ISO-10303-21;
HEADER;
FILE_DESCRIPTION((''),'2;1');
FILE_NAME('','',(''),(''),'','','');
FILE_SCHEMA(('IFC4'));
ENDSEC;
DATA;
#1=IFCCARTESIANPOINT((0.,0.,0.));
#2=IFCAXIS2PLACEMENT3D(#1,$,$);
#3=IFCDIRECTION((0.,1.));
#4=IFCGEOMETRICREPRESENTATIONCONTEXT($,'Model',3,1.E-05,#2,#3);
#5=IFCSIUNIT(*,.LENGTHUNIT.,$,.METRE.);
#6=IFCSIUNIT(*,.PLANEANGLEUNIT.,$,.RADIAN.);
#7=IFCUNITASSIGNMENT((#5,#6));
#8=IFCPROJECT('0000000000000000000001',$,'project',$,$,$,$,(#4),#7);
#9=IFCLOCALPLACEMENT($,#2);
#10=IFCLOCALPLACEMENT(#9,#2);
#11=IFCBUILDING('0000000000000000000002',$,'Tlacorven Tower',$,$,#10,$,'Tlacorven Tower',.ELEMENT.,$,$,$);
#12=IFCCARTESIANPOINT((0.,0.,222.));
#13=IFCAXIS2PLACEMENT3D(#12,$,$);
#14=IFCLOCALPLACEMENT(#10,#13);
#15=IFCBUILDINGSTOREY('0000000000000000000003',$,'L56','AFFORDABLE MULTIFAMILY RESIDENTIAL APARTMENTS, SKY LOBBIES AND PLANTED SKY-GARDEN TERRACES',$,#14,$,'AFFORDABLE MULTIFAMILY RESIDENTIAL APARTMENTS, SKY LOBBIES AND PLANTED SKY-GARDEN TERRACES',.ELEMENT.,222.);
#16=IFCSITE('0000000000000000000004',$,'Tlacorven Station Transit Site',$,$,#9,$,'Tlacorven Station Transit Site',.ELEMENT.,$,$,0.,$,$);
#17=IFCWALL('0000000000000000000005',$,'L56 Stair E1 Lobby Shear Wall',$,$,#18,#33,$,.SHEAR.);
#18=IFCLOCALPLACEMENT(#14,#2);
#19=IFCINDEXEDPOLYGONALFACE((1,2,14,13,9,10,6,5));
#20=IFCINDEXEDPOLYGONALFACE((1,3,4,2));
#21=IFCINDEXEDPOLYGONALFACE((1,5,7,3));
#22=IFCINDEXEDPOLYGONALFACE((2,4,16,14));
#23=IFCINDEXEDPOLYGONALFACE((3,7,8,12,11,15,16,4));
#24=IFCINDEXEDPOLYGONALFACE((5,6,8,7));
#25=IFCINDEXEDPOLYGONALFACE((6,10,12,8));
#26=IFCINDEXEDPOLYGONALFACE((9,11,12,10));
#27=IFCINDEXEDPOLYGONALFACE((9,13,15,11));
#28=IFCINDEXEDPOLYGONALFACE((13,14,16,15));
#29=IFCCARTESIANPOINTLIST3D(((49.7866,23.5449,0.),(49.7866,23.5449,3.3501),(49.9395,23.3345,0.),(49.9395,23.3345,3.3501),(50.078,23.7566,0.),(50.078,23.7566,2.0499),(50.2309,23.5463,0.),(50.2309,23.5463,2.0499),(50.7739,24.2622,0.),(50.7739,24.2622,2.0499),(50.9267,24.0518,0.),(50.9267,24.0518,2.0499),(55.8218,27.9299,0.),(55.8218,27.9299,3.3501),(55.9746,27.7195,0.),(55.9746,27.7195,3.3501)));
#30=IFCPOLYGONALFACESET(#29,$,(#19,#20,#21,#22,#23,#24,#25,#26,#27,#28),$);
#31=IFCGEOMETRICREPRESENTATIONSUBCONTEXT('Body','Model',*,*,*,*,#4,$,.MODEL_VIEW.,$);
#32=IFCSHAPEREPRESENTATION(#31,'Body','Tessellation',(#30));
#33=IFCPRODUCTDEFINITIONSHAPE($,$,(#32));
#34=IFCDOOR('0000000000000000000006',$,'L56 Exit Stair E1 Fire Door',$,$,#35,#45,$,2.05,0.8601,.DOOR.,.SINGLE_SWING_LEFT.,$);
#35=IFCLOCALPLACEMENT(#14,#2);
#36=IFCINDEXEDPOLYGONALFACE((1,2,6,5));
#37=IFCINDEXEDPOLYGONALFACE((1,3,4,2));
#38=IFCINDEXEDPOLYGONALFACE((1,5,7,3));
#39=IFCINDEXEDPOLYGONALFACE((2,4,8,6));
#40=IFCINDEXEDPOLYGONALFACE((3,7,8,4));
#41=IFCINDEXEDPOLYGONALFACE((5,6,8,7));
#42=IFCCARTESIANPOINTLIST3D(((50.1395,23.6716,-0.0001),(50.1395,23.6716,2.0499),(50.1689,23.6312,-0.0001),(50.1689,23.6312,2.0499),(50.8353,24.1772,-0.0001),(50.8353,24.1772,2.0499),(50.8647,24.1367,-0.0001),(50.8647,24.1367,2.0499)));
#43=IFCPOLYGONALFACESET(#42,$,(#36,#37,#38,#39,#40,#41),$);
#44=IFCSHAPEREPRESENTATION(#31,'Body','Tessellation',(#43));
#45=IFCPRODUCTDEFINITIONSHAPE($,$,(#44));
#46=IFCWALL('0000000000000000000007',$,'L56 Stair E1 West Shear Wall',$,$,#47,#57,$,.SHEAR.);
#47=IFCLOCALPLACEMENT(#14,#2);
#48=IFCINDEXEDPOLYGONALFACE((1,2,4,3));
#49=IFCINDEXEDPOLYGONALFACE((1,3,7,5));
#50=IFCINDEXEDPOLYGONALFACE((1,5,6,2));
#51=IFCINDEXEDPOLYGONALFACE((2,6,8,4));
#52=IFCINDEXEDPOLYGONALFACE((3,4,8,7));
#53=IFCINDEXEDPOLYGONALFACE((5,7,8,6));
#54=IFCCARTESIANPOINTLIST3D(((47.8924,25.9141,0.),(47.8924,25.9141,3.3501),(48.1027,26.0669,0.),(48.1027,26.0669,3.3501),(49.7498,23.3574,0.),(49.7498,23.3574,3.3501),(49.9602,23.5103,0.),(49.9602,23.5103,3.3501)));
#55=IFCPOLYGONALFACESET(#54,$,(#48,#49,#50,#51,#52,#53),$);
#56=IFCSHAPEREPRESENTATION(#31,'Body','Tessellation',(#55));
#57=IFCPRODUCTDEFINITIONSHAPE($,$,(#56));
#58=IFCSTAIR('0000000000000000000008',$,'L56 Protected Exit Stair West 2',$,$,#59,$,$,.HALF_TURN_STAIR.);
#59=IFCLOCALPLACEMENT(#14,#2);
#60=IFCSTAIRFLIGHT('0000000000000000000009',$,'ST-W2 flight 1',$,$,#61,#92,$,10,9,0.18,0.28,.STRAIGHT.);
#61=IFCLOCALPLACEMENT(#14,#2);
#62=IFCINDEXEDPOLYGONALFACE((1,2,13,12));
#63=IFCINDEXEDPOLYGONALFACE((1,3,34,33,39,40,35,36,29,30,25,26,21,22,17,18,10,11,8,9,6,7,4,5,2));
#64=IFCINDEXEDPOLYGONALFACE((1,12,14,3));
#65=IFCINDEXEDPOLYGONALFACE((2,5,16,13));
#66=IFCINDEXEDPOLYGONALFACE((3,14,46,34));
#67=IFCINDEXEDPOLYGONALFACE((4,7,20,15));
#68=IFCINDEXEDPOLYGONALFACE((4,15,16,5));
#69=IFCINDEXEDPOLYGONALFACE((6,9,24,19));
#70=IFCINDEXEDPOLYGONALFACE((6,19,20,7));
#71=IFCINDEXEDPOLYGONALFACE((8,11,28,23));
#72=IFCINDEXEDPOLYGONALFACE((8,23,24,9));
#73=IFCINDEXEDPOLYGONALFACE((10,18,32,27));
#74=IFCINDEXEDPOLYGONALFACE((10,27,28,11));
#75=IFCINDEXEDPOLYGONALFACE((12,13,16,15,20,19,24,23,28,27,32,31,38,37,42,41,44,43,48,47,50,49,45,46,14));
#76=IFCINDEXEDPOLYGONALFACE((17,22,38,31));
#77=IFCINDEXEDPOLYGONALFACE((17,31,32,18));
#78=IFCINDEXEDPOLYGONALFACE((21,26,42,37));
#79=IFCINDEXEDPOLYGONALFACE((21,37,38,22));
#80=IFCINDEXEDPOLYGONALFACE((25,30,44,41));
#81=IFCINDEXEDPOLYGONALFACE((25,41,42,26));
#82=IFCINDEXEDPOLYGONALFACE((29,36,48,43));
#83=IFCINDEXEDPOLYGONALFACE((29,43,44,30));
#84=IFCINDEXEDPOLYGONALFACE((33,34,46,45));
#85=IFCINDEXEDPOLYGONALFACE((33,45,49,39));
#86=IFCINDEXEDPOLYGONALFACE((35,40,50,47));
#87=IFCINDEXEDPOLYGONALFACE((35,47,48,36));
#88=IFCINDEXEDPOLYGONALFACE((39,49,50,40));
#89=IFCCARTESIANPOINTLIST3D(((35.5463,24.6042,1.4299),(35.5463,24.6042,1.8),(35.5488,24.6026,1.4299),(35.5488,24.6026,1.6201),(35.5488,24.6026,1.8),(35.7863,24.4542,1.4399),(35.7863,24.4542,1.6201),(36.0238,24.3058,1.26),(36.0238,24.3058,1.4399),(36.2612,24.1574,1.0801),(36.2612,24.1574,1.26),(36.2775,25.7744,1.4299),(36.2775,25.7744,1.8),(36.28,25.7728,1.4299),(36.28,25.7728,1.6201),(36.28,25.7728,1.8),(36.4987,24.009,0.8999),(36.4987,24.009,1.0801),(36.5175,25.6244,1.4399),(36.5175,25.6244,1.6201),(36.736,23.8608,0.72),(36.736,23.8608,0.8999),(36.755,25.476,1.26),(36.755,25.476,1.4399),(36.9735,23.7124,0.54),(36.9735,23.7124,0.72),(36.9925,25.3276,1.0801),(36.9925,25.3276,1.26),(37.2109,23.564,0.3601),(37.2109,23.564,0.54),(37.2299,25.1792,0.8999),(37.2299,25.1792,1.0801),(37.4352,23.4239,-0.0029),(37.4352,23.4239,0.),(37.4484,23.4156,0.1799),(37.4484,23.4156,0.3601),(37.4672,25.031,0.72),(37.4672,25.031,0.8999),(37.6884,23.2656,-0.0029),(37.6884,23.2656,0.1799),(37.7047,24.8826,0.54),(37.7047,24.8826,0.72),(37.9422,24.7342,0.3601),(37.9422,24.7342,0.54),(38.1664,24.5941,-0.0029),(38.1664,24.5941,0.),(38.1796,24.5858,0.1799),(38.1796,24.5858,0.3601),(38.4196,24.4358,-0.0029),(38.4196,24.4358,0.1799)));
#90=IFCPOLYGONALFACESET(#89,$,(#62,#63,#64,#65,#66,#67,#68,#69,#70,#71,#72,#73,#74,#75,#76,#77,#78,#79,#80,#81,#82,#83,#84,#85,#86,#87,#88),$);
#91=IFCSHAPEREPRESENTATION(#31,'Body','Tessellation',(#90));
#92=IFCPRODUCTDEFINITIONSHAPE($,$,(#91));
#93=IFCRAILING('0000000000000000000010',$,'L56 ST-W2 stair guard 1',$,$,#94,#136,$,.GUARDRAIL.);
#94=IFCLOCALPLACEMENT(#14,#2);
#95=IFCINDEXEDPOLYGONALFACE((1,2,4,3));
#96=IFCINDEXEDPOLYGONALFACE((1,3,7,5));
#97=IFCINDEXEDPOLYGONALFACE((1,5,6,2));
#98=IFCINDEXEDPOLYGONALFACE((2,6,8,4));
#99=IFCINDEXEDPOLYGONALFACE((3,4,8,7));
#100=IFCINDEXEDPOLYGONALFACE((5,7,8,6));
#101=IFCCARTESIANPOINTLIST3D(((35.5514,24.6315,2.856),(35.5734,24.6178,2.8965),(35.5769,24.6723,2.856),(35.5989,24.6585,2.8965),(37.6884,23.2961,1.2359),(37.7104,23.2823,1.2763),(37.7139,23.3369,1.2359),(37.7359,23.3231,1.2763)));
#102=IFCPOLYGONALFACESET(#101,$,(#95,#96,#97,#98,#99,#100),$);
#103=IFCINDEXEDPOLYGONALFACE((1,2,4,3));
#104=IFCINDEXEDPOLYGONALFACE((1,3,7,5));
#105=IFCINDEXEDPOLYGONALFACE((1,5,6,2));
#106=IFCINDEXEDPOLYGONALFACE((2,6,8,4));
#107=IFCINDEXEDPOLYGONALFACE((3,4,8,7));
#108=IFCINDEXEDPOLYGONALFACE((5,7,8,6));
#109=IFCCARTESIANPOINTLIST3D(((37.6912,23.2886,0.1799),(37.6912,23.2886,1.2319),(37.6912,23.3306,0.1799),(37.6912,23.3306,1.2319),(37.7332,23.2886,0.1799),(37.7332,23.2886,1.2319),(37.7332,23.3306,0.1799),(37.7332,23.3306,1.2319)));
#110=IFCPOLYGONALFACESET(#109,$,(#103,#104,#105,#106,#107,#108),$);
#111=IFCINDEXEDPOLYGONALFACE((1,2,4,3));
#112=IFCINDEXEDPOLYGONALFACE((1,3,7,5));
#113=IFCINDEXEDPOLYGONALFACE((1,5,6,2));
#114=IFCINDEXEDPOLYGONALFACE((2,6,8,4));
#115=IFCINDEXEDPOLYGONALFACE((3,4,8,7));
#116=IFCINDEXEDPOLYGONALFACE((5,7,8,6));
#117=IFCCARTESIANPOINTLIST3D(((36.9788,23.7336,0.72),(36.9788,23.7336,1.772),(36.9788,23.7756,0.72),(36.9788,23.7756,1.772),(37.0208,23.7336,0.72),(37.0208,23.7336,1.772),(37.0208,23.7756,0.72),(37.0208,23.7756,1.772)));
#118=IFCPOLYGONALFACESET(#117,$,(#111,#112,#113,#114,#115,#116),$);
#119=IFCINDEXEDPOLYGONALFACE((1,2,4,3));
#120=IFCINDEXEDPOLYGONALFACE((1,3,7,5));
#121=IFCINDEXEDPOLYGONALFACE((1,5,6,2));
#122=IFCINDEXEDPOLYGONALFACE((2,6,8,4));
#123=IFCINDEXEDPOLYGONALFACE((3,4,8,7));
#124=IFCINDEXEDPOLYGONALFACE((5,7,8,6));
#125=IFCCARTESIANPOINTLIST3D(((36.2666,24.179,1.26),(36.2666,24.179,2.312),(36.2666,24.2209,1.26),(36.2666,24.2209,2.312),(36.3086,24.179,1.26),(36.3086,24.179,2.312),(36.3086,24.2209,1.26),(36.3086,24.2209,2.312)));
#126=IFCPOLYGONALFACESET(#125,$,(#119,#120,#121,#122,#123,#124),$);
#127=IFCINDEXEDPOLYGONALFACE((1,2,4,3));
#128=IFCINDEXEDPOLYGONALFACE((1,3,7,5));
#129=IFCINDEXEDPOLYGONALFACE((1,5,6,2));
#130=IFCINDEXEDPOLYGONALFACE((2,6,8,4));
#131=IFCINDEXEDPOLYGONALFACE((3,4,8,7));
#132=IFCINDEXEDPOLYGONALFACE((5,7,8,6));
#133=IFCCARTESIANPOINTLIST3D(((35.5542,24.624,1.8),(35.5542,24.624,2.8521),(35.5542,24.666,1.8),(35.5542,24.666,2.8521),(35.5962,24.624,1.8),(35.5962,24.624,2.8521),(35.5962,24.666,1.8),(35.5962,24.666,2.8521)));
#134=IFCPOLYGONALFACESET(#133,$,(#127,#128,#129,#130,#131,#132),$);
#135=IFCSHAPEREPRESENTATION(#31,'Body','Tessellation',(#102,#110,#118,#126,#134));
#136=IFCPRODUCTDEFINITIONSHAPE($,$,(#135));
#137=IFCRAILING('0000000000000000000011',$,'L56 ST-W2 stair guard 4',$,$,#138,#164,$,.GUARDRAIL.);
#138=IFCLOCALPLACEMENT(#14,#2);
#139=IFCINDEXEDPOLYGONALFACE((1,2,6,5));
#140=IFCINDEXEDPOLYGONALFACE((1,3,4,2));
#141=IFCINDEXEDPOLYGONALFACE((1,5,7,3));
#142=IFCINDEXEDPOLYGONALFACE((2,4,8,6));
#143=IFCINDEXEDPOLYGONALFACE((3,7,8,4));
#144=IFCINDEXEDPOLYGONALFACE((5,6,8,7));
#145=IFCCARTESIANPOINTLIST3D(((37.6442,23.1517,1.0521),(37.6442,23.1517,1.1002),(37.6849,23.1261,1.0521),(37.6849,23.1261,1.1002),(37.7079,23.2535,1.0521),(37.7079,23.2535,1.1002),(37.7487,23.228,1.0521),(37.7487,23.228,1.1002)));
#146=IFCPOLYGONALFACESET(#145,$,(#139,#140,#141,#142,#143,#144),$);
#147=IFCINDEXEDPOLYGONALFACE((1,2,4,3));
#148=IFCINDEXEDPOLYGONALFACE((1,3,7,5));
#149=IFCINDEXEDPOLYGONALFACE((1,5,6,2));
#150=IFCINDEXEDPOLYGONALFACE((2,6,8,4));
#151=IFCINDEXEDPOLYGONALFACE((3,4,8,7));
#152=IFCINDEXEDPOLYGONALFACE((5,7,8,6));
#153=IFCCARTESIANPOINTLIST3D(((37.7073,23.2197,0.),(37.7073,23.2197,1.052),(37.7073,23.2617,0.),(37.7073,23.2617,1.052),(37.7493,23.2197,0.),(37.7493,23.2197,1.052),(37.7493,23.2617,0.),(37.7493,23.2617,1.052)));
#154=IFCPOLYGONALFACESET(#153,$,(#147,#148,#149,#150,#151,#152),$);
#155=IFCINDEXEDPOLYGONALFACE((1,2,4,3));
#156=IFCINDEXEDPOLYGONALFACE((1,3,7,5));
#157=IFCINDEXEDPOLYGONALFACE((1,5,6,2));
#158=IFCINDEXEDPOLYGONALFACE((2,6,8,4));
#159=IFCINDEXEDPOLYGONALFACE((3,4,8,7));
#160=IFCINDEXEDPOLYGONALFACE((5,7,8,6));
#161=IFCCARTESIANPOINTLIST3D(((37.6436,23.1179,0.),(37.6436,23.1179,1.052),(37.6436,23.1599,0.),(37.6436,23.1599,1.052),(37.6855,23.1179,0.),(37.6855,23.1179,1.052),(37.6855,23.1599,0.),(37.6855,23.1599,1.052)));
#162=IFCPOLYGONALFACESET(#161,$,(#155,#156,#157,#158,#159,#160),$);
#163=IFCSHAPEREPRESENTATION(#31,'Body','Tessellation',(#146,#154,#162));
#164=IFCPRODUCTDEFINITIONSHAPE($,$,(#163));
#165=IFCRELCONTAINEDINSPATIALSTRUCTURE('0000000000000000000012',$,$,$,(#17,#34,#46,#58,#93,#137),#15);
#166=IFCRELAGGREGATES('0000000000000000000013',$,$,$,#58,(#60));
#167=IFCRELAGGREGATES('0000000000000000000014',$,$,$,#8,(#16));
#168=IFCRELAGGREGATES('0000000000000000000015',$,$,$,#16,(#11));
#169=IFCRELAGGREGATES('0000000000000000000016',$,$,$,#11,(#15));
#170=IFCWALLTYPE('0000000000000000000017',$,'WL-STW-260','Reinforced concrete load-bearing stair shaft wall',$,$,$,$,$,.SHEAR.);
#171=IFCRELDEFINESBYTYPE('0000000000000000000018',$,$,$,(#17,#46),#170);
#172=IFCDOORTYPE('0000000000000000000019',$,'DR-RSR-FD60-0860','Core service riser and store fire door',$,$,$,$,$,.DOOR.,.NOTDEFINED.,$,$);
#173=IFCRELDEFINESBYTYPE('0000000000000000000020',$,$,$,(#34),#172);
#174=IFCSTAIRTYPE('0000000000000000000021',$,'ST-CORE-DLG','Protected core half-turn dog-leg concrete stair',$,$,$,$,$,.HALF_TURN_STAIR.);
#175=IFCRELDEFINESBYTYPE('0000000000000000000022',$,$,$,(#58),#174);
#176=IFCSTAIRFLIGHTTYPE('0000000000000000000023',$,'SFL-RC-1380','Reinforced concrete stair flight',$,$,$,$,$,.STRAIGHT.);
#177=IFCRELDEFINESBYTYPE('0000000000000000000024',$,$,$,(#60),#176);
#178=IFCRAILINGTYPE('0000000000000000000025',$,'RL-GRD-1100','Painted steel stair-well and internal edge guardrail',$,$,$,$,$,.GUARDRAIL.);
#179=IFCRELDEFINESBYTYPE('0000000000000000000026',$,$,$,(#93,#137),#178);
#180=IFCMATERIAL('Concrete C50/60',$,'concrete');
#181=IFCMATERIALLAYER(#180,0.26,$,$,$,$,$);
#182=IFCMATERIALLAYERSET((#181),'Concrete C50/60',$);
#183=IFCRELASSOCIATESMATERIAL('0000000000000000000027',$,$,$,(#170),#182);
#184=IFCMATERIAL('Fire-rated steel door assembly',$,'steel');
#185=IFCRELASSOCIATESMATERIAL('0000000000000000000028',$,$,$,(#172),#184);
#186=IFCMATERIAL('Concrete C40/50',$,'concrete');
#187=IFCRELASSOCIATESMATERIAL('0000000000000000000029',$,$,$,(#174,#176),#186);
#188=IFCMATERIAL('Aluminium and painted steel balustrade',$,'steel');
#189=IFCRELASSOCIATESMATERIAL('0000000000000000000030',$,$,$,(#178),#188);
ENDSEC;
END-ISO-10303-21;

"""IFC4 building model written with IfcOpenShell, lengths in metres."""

from ifc_helpers import new_model, si_unit, direction, frame, frame_2d, origin, origin_2d, place, context, subcontext, project, spatial, polyline, rectangle, outline, extrude, source, transform, mapped, material, layer, layer_set, type_object, element, fill, aggregate, save


model = new_model("IFC4")

# Units and contexts
model_context = context("Model", 3, precision=1e-05, world=origin(), true_north=direction((0.0, 1.0)))
body_context = subcontext(model_context, "Body", "Model", "MODEL_VIEW")
ifc_project = project(units=[si_unit("LENGTHUNIT", "METRE"), si_unit("PLANEANGLEUNIT", "RADIAN")], contexts=[model_context])

# Site, building, storey
site_placement = place(None, origin())
site = spatial("IfcSite", under=ifc_project, at=site_placement, Name="Tlacorven Station Transit Site", LongName="Tlacorven Station Transit Site", CompositionType="ELEMENT", RefElevation=0.0)
building_placement = place(site_placement, origin())
building = spatial("IfcBuilding", under=site, at=building_placement, Name="Tlacorven Tower", LongName="Tlacorven Tower", CompositionType="ELEMENT")
storey_placement = place(building_placement, frame((0.0, 0.0, 222.0)))
storey = spatial("IfcBuildingStorey", under=building, at=storey_placement, Name="L56", Description="AFFORDABLE MULTIFAMILY RESIDENTIAL APARTMENTS, SKY LOBBIES AND PLANTED SKY-GARDEN TERRACES", LongName="AFFORDABLE MULTIFAMILY RESIDENTIAL APARTMENTS, SKY LOBBIES AND PLANTED SKY-GARDEN TERRACES", CompositionType="ELEMENT", Elevation=222.0)

# Shared definitions
ifc_material_1 = material(Name="Concrete C50/60", Category="concrete")
ifc_material_2 = material(Name="Concrete C40/50", Category="concrete")
ifc_layer_1 = layer(ifc_material_1, 0.26)
ifc_layer_set_1 = layer_set([ifc_layer_1], Name="Concrete C50/60")
wall_type_1 = type_object("IfcWallType", Name="WL-STW-260", Description="Reinforced concrete load-bearing stair shaft wall", PredefinedType="SHEAR", material=ifc_layer_set_1)

# Wall, opening, door
wall_1_placement = place(storey_placement, frame((49.863, 23.4397, 0.0), z_axis=(0.0, 0.0, 1.0), x_axis=(0.809003, 0.587804, 0.0)))
wall_1 = element("IfcWall", 1, at=wall_1_placement, inside=storey, type_object=wall_type_1, Name="L56 Stair E1 Lobby Shear Wall", PredefinedType="SHEAR", context=body_context, shape_type="SweptSolid", body=[
    extrude(rectangle(XDim=7.46, YDim=0.26, at=frame_2d((3.73, 0.0))), origin(), (0.0, 0.0, 1.0), 3.3501),
])
opening_placement = place(wall_1_placement, frame((0.3601, 0.0, 0.0)))
opening = element("IfcOpeningElement", 2, at=opening_placement, cuts=wall_1, PredefinedType="OPENING", context=body_context, shape_type="SweptSolid", body=[
    extrude(rectangle(XDim=0.8601, YDim=2.05, at=frame_2d((0.4302, 1.0249))), frame((0.0, 0.1401, 0.0), z_axis=(0.0, -1.0, 0.0), x_axis=(1.0, 0.0, 0.0)), (0.0, 0.0, 1.0), 0.28),
])
ifc_material_3 = material(Name="Fire-rated steel door assembly", Category="steel")
door_type = type_object("IfcDoorType", Name="DR-RSR-FD60-0860", Description="Core service riser and store fire door", OperationType="NOTDEFINED", PredefinedType="DOOR", material=ifc_material_3)
shared_shape_1 = source(origin(), body_context, "Body", "SweptSolid", [
    extrude(rectangle(XDim=0.8601, YDim=2.05, at=frame_2d((0.4302, 1.0249))), frame((0.0, 0.0249, 0.0), z_axis=(0.0, -1.0, 0.0), x_axis=(1.0, 0.0, 0.0)), (0.0, 0.0, 1.0), 0.05),
])
door_placement = place(opening_placement, frame((0.8601, 0.0, 0.0), z_axis=(0.0, 0.0, 1.0), x_axis=(-1.0, 0.0, 0.0)))
door = element("IfcDoor", 3, at=door_placement, inside=storey, type_object=door_type, Name="L56 Exit Stair E1 Fire Door", OperationType="SINGLE_SWING_LEFT", OverallHeight=2.05, OverallWidth=0.8601, PredefinedType="DOOR", context=body_context, shape_type="MappedRepresentation", body=[
    mapped(shared_shape_1, transform((0.0, 0.0, 0.0), scale=1.0)),
])
fill(opening, door)

# Wall
wall_2_placement = place(storey_placement, frame((49.855, 23.4338, 0.0), z_axis=(0.0, 0.0, 1.0), x_axis=(-0.587767, 0.80903, 0.0)))
element("IfcWall", 4, at=wall_2_placement, inside=storey, type_object=wall_type_1, Name="L56 Stair E1 West Shear Wall", PredefinedType="SHEAR", context=body_context, shape_type="SweptSolid", body=[
    extrude(rectangle(XDim=3.1602, YDim=0.26, at=frame_2d((1.5801, 0.0))), origin(), (0.0, 0.0, 1.0), 3.3501),
])

# Stair, stair flight
stair_type = type_object("IfcStairType", Name="ST-CORE-DLG", Description="Protected core half-turn dog-leg concrete stair", PredefinedType="HALF_TURN_STAIR", material=ifc_material_2)
stair_placement = place(storey_placement, origin())
stair = element("IfcStair", 5, at=stair_placement, inside=storey, type_object=stair_type, Name="L56 Protected Exit Stair West 2", PredefinedType="HALF_TURN_STAIR")
stair_flight_type = type_object("IfcStairFlightType", Name="SFL-RC-1380", Description="Reinforced concrete stair flight", PredefinedType="STRAIGHT", material=ifc_material_2)
shared_shape_2 = source(origin(), body_context, "Body", "SweptSolid", [
    extrude(outline(polyline([(-0.0029, -0.0029), (-0.0029, 0.1799), (0.28, 0.1799), (0.28, 0.3601), (0.5601, 0.3601), (0.5601, 0.54), (0.8401, 0.54), (0.8401, 0.72), (1.1201, 0.72), (1.1201, 0.8999), (1.3999, 0.8999), (1.3999, 1.0801), (1.6799, 1.0801), (1.6799, 1.26), (1.96, 1.26), (1.96, 1.4399), (2.24, 1.4399), (2.24, 1.6201), (2.52, 1.6201), (2.52, 1.8), (2.5229, 1.8), (2.5229, 1.4299), (2.52, 1.4299), (0.2957, 0.0), (0.2957, -0.0029), (-0.0029, -0.0029)])), frame((0.0, 0.6899, 0.0), z_axis=(0.0, -1.0, 0.0), x_axis=(1.0, 0.0, 0.0)), (0.0, 0.0, 1.0), 1.3799),
])
stair_flight_placement = place(storey_placement, frame((38.0515, 23.8523, 0.0), z_axis=(0.0, 0.0, 1.0), x_axis=(-0.848048, 0.529919, 0.0)))
stair_flight = element("IfcStairFlight", 6, at=stair_flight_placement, type_object=stair_flight_type, Name="ST-W2 flight 1", NumberOfRisers=10, NumberOfTreads=9, PredefinedType="STRAIGHT", RiserHeight=0.18, TreadLength=0.28, context=body_context, shape_type="MappedRepresentation", body=[
    mapped(shared_shape_2, transform((0.0, 0.0, 0.0), scale=1.0)),
])
aggregate(stair, [stair_flight])

# Railings
ifc_material_4 = material(Name="Aluminium and painted steel balustrade", Category="steel")
railing_type_1 = type_object("IfcRailingType", Name="RL-GRD-1100", Description="Painted steel stair-well and internal edge guardrail", PredefinedType="GUARDRAIL", material=ifc_material_4)
shared_shape_3 = source(origin(), body_context, "Body", "SweptSolid", [
    extrude(rectangle(XDim=0.0481, YDim=0.0481, at=origin_2d()), frame((0.0, 0.0, 1.0762), z_axis=(-0.71332, 0.445774, 0.540796), x_axis=(-0.529955, -0.848026, 0.0)), (0.0, 0.0, 1.0), 2.9958),
    extrude(rectangle(XDim=0.042, YDim=0.042, at=origin_2d()), origin(), (0.0, 0.0, 1.0), 1.052),
    extrude(rectangle(XDim=0.042, YDim=0.042, at=origin_2d()), frame((-0.7124, 0.4451, 0.54)), (0.0, 0.0, 1.0), 1.052),
    extrude(rectangle(XDim=0.042, YDim=0.042, at=origin_2d()), frame((-1.4246, 0.8904, 1.0801)), (0.0, 0.0, 1.0), 1.052),
    extrude(rectangle(XDim=0.042, YDim=0.042, at=origin_2d()), frame((-2.137, 1.3354, 1.6201)), (0.0, 0.0, 1.0), 1.052),
])
railing_1_placement = place(storey_placement, frame((37.7122, 23.3096, 0.1799)))
element("IfcRailing", 7, at=railing_1_placement, inside=storey, type_object=railing_type_1, Name="L56 ST-W2 stair guard 1", PredefinedType="GUARDRAIL", context=body_context, shape_type="MappedRepresentation", body=[
    mapped(shared_shape_3, transform((0.0, 0.0, 0.0), scale=1.0)),
])
shared_shape_4 = source(origin(), body_context, "Body", "SweptSolid", [
    extrude(rectangle(XDim=0.0481, YDim=0.0481, at=origin_2d()), frame((0.0, 0.0, 1.0762), z_axis=(-0.530547, -0.847656, 0.0), x_axis=(0.847656, -0.530547, 0.0)), (0.0, 0.0, 1.0), 0.1201),
    extrude(rectangle(XDim=0.042, YDim=0.042, at=origin_2d()), origin(), (0.0, 0.0, 1.0), 1.052),
    extrude(rectangle(XDim=0.042, YDim=0.042, at=origin_2d()), frame((-0.0637, -0.1018, 0.0)), (0.0, 0.0, 1.0), 1.052),
])
railing_2_placement = place(storey_placement, frame((37.7283, 23.2407, 0.0)))
element("IfcRailing", 8, at=railing_2_placement, inside=storey, type_object=railing_type_1, Name="L56 ST-W2 stair guard 4", PredefinedType="GUARDRAIL", context=body_context, shape_type="MappedRepresentation", body=[
    mapped(shared_shape_4, transform((0.0, 0.0, 0.0), scale=1.0)),
])

save(model, "model.ifc")
